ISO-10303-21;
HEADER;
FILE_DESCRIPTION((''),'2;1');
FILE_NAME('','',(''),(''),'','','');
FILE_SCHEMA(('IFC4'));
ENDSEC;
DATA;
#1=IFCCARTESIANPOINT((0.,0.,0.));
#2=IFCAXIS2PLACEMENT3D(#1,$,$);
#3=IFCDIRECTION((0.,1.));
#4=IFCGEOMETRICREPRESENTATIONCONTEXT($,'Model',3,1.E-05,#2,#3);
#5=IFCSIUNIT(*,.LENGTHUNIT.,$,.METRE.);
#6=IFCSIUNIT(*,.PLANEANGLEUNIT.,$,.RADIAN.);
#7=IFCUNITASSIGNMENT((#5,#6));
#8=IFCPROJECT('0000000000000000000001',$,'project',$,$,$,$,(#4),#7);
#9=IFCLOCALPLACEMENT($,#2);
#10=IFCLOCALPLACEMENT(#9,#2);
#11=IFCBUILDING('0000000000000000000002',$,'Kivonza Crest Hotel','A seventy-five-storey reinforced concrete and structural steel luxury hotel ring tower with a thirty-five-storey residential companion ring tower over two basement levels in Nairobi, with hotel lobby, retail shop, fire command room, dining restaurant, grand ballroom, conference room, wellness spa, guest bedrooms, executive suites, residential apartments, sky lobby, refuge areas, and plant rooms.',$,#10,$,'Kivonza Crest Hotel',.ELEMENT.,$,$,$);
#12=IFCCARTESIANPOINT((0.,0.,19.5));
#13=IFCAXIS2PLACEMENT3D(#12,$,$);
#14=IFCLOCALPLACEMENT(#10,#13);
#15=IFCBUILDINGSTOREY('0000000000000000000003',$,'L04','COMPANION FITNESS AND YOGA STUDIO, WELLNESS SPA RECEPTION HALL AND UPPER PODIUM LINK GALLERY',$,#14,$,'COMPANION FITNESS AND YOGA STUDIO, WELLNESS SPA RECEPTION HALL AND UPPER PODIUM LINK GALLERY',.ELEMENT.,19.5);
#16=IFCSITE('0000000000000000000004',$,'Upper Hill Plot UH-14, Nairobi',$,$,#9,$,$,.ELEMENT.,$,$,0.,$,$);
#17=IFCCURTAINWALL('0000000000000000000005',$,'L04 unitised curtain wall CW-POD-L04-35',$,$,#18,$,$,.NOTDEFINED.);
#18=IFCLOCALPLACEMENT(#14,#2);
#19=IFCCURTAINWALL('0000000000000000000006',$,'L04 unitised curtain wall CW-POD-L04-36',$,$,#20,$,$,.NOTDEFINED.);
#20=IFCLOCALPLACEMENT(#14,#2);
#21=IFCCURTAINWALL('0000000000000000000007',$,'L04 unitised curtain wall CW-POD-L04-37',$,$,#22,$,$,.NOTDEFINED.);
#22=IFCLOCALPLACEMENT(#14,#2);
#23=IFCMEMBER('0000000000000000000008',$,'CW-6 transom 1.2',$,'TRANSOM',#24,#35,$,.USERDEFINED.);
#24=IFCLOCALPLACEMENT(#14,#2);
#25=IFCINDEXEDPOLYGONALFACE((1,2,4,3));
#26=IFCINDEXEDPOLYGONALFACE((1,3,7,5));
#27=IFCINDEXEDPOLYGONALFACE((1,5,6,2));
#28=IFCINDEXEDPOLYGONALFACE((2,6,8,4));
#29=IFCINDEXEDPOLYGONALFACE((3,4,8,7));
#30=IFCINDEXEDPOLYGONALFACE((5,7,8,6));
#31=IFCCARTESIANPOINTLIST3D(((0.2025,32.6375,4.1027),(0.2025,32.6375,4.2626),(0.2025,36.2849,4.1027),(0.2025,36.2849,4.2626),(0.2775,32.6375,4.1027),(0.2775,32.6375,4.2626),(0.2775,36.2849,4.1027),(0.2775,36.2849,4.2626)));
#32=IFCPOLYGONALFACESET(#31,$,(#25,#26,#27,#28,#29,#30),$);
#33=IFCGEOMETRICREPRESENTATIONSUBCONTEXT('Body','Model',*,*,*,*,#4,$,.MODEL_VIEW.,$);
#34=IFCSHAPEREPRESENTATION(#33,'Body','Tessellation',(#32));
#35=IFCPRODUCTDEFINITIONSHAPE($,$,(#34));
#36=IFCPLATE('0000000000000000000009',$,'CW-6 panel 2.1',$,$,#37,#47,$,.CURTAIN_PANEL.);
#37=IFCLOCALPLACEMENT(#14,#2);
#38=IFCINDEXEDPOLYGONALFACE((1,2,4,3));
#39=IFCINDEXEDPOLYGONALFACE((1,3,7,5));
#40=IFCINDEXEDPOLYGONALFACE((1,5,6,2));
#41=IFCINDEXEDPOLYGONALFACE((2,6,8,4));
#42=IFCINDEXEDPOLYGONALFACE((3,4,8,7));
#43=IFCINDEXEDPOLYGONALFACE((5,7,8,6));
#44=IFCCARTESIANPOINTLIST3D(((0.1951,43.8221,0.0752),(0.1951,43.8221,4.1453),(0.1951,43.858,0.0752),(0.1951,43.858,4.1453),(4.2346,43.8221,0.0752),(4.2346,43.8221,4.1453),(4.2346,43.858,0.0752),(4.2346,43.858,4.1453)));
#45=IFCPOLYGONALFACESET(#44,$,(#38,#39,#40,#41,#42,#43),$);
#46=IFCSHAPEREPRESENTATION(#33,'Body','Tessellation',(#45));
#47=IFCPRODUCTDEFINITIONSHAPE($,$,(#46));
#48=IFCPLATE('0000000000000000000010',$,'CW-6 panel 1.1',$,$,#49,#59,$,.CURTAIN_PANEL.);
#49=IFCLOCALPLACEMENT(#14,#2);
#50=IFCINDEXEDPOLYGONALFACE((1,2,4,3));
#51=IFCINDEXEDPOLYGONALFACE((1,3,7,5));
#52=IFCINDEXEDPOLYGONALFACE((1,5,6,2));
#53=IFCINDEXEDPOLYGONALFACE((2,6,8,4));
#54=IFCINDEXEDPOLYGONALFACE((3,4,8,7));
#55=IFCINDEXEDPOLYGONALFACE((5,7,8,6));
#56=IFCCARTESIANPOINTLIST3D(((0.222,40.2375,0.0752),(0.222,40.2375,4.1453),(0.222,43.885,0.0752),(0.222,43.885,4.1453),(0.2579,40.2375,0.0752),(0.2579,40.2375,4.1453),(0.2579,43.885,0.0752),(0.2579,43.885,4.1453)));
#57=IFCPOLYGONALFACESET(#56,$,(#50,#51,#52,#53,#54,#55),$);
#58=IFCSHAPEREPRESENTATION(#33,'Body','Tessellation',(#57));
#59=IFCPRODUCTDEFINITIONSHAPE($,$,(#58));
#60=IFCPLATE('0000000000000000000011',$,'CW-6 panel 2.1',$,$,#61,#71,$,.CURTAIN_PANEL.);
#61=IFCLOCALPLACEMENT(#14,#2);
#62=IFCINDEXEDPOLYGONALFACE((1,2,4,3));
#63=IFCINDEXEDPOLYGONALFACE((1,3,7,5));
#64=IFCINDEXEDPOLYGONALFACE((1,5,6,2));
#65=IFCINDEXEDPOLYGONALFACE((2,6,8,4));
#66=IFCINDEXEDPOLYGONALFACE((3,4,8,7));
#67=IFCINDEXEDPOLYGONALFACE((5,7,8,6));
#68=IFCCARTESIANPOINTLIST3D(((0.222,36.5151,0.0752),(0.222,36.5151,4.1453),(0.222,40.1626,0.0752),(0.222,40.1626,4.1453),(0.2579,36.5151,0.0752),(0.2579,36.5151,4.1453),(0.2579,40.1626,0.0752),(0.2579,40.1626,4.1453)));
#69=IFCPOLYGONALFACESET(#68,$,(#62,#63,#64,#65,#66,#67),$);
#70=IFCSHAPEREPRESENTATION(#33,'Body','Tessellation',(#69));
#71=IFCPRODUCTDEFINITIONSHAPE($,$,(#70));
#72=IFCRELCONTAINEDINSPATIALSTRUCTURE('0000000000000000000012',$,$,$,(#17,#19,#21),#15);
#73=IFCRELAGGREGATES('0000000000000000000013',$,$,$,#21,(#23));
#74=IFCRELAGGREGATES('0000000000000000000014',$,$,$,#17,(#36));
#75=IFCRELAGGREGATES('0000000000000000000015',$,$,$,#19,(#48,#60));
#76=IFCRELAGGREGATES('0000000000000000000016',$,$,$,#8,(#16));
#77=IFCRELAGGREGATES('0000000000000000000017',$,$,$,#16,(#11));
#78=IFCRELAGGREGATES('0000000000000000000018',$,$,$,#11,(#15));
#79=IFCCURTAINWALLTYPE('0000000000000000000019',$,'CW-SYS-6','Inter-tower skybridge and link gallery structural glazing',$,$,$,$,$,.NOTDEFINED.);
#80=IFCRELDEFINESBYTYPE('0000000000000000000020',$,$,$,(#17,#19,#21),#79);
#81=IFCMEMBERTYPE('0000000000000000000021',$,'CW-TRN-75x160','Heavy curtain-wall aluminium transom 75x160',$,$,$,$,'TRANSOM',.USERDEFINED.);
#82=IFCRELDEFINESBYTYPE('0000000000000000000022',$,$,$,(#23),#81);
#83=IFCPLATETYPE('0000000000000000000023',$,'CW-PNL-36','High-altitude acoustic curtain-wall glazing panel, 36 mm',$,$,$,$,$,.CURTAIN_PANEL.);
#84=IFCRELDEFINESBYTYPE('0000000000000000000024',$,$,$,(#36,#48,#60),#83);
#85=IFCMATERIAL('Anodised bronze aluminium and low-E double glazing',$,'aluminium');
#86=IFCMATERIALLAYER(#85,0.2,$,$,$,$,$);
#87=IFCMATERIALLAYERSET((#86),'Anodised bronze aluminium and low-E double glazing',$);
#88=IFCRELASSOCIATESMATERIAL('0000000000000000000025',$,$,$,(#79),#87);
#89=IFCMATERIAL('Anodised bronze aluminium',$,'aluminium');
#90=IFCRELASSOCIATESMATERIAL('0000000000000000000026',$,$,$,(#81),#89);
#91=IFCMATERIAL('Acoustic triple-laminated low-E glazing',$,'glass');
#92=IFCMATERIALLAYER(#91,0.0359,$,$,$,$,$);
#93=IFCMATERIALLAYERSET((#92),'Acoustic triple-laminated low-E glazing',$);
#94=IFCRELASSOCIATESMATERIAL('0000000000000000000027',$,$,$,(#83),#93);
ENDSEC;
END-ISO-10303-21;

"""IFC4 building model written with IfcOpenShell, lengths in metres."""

from ifc_helpers import new_model, si_unit, direction, frame, origin, origin_2d, place, context, subcontext, project, spatial, rectangle, extrude, material, layer, layer_set, material_profile, profile_set, type_object, element, aggregate, save


model = new_model("IFC4")

# Units and contexts
model_context = context("Model", 3, precision=1e-05, world=origin(), true_north=direction((0.0, 1.0)))
body_context = subcontext(model_context, "Body", "Model", "MODEL_VIEW")
ifc_project = project(units=[si_unit("LENGTHUNIT", "METRE"), si_unit("PLANEANGLEUNIT", "RADIAN")], contexts=[model_context])

# Site, building, storey
site_placement = place(None, origin())
site = spatial("IfcSite", under=ifc_project, at=site_placement, Name="Upper Hill Plot UH-14, Nairobi", CompositionType="ELEMENT", RefElevation=0.0)
building_placement = place(site_placement, origin())
building = spatial("IfcBuilding", under=site, at=building_placement, Name="Kivonza Crest Hotel", Description="A seventy-five-storey reinforced concrete and structural steel luxury hotel ring tower with a thirty-five-storey residential companion ring tower over two basement levels in Nairobi, with hotel lobby, retail shop, fire command room, dining restaurant, grand ballroom, conference room, wellness spa, guest bedrooms, executive suites, residential apartments, sky lobby, refuge areas, and plant rooms.", LongName="Kivonza Crest Hotel", CompositionType="ELEMENT")
storey_placement = place(building_placement, frame((0.0, 0.0, 19.5)))
storey = spatial("IfcBuildingStorey", under=building, at=storey_placement, Name="L04", Description="COMPANION FITNESS AND YOGA STUDIO, WELLNESS SPA RECEPTION HALL AND UPPER PODIUM LINK GALLERY", LongName="COMPANION FITNESS AND YOGA STUDIO, WELLNESS SPA RECEPTION HALL AND UPPER PODIUM LINK GALLERY", CompositionType="ELEMENT", Elevation=19.5)

# Curtain walls
ifc_material_1 = material(Name="Anodised bronze aluminium and low-E double glazing", Category="aluminium")
ifc_layer_1 = layer(ifc_material_1, 0.2)
ifc_layer_set_1 = layer_set([ifc_layer_1], Name="Anodised bronze aluminium and low-E double glazing")
curtain_wall_type = type_object("IfcCurtainWallType", Name="CW-SYS-6", Description="Inter-tower skybridge and link gallery structural glazing", PredefinedType="NOTDEFINED", material=ifc_layer_set_1)
curtain_wall_1_placement = place(storey_placement, origin())
curtain_wall_1 = element("IfcCurtainWall", 1, at=curtain_wall_1_placement, inside=storey, type_object=curtain_wall_type, Name="L04 unitised curtain wall CW-POD-L04-35", PredefinedType="NOTDEFINED")
ifc_material_2 = material(Name="Anodised bronze aluminium", Category="aluminium")
curtain_wall_2_placement = place(storey_placement, origin())
curtain_wall_2 = element("IfcCurtainWall", 2, at=curtain_wall_2_placement, inside=storey, type_object=curtain_wall_type, Name="L04 unitised curtain wall CW-POD-L04-36", PredefinedType="NOTDEFINED")

# Curtain wall
curtain_wall_3_placement = place(storey_placement, origin())
curtain_wall_3 = element("IfcCurtainWall", 3, at=curtain_wall_3_placement, inside=storey, type_object=curtain_wall_type, Name="L04 unitised curtain wall CW-POD-L04-37", PredefinedType="NOTDEFINED")

# Member
ifc_material_profile_1 = material_profile(ifc_material_2, rectangle(XDim=0.075, YDim=0.1599, at=origin_2d()), Name="CW-T 75x160")
ifc_profile_set_1 = profile_set([ifc_material_profile_1], Name="Anodised bronze aluminium")
member_type_1 = type_object("IfcMemberType", Name="CW-TRN-75x160", Description="Heavy curtain-wall aluminium transom 75x160", ElementType="TRANSOM", PredefinedType="USERDEFINED", material=ifc_profile_set_1)
member_1_placement = place(storey_placement, frame((0.24, 36.2849, 4.1826), z_axis=(0.0, -1.0, 0.0), x_axis=(1.0, 0.0, 0.0)))
member_1 = element("IfcMember", 4, at=member_1_placement, type_object=member_type_1, Name="CW-6 transom 1.2", ObjectType="TRANSOM", PredefinedType="USERDEFINED", context=body_context, shape_type="SweptSolid", body=[
    extrude(rectangle(XDim=0.075, YDim=0.1599, at=origin_2d()), origin(), (0.0, 0.0, 1.0), 3.6475),
])
aggregate(curtain_wall_3, [member_1])

# Plates
ifc_material_3 = material(Name="Acoustic triple-laminated low-E glazing", Category="glass")
ifc_layer_2 = layer(ifc_material_3, 0.0359)
ifc_layer_set_2 = layer_set([ifc_layer_2], Name="Acoustic triple-laminated low-E glazing")
plate_type = type_object("IfcPlateType", Name="CW-PNL-36", Description="High-altitude acoustic curtain-wall glazing panel, 36 mm", PredefinedType="CURTAIN_PANEL", material=ifc_layer_set_2)
plate_1_placement = place(storey_placement, frame((2.2148, 43.8401, 0.0752), z_axis=(0.0, 0.0, 1.0), x_axis=(-1.0, 0.0, 0.0)))
plate_1 = element("IfcPlate", 5, at=plate_1_placement, type_object=plate_type, Name="CW-6 panel 2.1", PredefinedType="CURTAIN_PANEL", context=body_context, shape_type="SweptSolid", body=[
    extrude(rectangle(XDim=4.0396, YDim=0.0359, at=origin_2d()), origin(), (0.0, 0.0, 1.0), 4.0701),
])
aggregate(curtain_wall_1, [plate_1])
plate_2_placement = place(storey_placement, frame((0.24, 42.0613, 0.0752), z_axis=(0.0, 0.0, 1.0), x_axis=(0.0, -1.0, 0.0)))
plate_2 = element("IfcPlate", 6, at=plate_2_placement, type_object=plate_type, Name="CW-6 panel 1.1", PredefinedType="CURTAIN_PANEL", context=body_context, shape_type="SweptSolid", body=[
    extrude(rectangle(XDim=3.6475, YDim=0.0359, at=origin_2d()), origin(), (0.0, 0.0, 1.0), 4.0701),
])
plate_3_placement = place(storey_placement, frame((0.24, 38.3389, 0.0752), z_axis=(0.0, 0.0, 1.0), x_axis=(0.0, -1.0, 0.0)))
plate_3 = element("IfcPlate", 7, at=plate_3_placement, type_object=plate_type, Name="CW-6 panel 2.1", PredefinedType="CURTAIN_PANEL", context=body_context, shape_type="SweptSolid", body=[
    extrude(rectangle(XDim=3.6475, YDim=0.0359, at=origin_2d()), origin(), (0.0, 0.0, 1.0), 4.0701),
])
aggregate(curtain_wall_2, [plate_2, plate_3])

save(model, "model.ifc")
